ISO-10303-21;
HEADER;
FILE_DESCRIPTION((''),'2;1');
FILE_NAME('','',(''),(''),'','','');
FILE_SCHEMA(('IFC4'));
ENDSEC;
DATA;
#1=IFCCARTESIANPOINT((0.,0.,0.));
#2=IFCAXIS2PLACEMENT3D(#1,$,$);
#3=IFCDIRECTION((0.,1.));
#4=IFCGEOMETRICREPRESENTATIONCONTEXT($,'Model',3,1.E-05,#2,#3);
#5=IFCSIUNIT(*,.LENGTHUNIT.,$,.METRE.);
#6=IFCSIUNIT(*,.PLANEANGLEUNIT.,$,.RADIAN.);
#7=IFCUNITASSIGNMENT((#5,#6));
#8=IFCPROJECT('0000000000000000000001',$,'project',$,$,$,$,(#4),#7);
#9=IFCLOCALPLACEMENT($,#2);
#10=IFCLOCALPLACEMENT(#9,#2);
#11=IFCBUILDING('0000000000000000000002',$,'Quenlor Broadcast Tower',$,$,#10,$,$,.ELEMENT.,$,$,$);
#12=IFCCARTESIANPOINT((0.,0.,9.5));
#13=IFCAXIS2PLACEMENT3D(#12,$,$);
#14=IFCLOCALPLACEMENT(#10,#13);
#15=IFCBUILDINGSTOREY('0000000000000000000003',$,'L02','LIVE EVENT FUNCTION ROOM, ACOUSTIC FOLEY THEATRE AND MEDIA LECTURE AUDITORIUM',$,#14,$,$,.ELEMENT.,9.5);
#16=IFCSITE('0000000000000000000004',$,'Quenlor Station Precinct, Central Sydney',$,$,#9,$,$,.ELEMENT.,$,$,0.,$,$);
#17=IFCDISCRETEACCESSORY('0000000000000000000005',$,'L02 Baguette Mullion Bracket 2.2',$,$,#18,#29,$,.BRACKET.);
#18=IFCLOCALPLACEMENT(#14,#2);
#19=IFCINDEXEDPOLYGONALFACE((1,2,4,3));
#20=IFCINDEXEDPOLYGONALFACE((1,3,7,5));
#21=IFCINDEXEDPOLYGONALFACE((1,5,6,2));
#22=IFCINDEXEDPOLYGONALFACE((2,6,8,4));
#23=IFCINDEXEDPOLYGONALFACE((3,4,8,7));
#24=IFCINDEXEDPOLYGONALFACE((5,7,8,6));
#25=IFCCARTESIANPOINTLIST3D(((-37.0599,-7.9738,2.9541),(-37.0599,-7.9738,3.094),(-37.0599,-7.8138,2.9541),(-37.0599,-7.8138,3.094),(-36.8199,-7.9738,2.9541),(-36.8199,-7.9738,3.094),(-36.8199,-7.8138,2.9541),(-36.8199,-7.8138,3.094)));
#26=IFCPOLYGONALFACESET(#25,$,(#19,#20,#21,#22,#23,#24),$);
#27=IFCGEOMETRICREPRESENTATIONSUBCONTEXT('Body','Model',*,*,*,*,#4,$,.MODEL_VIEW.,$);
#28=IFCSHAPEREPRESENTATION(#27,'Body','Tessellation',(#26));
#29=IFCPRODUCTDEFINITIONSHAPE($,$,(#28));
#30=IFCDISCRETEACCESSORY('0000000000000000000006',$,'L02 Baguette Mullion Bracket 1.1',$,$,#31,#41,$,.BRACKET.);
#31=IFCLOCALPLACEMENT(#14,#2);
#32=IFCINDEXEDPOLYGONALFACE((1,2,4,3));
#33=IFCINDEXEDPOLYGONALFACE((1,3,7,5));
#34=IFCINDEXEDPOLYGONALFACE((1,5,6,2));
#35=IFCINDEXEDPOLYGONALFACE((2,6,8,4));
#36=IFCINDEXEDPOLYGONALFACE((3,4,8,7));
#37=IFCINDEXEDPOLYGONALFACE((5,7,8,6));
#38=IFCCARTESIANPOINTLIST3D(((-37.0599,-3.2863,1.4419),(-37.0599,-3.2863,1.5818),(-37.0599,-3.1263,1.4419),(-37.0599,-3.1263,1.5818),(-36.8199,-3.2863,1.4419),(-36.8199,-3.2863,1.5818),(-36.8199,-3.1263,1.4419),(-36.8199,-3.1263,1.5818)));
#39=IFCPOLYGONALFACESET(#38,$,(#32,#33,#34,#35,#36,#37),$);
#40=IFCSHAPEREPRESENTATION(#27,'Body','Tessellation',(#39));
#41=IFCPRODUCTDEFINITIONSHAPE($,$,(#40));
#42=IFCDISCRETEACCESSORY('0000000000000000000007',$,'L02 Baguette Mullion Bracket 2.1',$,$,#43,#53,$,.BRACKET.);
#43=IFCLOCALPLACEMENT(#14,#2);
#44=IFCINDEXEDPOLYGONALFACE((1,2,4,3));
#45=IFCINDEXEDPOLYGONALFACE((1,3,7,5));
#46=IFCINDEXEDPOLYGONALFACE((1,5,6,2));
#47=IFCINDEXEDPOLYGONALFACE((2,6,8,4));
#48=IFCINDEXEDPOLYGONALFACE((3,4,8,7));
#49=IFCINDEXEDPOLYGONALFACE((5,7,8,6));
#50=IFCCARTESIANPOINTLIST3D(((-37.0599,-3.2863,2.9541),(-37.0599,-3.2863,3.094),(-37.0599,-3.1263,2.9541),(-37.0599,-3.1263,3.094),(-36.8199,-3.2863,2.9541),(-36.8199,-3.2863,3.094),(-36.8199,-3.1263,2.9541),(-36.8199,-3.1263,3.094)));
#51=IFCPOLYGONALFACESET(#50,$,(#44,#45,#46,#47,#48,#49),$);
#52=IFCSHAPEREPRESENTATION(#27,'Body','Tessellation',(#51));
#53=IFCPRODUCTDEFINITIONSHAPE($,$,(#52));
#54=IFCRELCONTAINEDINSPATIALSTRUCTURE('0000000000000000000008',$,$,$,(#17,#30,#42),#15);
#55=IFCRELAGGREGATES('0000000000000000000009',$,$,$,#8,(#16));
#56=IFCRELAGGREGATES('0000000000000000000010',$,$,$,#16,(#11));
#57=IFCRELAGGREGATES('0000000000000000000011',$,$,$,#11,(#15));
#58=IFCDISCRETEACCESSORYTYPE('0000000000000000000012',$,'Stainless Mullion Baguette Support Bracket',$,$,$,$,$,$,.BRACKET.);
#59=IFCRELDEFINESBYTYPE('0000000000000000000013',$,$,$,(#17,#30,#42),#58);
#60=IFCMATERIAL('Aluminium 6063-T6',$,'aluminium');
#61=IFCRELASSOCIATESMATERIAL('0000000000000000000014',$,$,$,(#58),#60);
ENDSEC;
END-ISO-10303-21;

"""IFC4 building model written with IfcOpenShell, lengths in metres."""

from ifc_helpers import new_model, si_unit, direction, frame, origin, origin_2d, place, context, subcontext, project, spatial, rectangle, extrude, material, type_object, element, save


model = new_model("IFC4")

# Units and contexts
model_context = context("Model", 3, precision=1e-05, world=origin(), true_north=direction((0.0, 1.0)))
body_context = subcontext(model_context, "Body", "Model", "MODEL_VIEW")
ifc_project = project(units=[si_unit("LENGTHUNIT", "METRE"), si_unit("PLANEANGLEUNIT", "RADIAN")], contexts=[model_context])

# Site, building, storey
site_placement = place(None, origin())
site = spatial("IfcSite", under=ifc_project, at=site_placement, Name="Quenlor Station Precinct, Central Sydney", CompositionType="ELEMENT", RefElevation=0.0)
building_placement = place(site_placement, origin())
building = spatial("IfcBuilding", under=site, at=building_placement, Name="Quenlor Broadcast Tower", CompositionType="ELEMENT")
storey_placement = place(building_placement, frame((0.0, 0.0, 9.5)))
storey = spatial("IfcBuildingStorey", under=building, at=storey_placement, Name="L02", Description="LIVE EVENT FUNCTION ROOM, ACOUSTIC FOLEY THEATRE AND MEDIA LECTURE AUDITORIUM", CompositionType="ELEMENT", Elevation=9.5)

# Discrete accessories
ifc_material_1 = material(Name="Aluminium 6063-T6", Category="aluminium")
discrete_accessory_type = type_object("IfcDiscreteAccessoryType", Name="Stainless Mullion Baguette Support Bracket", PredefinedType="BRACKET", material=ifc_material_1)
for number, where, z_axis, x_axis, name in (
    (1, (-36.9399, -7.8938, 2.9541), (0.0, 0.0, 1.0), (0.0, 1.0, 0.0), "L02 Baguette Mullion Bracket 2.2"),
    (2, (-36.9399, -3.2063, 1.4419), (0.0, 0.0, 1.0), (0.0, 1.0, 0.0), "L02 Baguette Mullion Bracket 1.1"),
    (3, (-36.9399, -3.2063, 2.9541), (0.0, 0.0, 1.0), (0.0, 1.0, 0.0), "L02 Baguette Mullion Bracket 2.1"),
):
    element("IfcDiscreteAccessory", number, at=place(storey_placement, frame(where, z_axis=z_axis, x_axis=x_axis)), inside=storey, type_object=discrete_accessory_type, Name=name, PredefinedType="BRACKET", context=body_context, shape_type="SweptSolid", body=[
        extrude(rectangle(XDim=0.1599, YDim=0.24, at=origin_2d()), origin(), (0.0, 0.0, 1.0), 0.1399),
    ])

save(model, "model.ifc")
